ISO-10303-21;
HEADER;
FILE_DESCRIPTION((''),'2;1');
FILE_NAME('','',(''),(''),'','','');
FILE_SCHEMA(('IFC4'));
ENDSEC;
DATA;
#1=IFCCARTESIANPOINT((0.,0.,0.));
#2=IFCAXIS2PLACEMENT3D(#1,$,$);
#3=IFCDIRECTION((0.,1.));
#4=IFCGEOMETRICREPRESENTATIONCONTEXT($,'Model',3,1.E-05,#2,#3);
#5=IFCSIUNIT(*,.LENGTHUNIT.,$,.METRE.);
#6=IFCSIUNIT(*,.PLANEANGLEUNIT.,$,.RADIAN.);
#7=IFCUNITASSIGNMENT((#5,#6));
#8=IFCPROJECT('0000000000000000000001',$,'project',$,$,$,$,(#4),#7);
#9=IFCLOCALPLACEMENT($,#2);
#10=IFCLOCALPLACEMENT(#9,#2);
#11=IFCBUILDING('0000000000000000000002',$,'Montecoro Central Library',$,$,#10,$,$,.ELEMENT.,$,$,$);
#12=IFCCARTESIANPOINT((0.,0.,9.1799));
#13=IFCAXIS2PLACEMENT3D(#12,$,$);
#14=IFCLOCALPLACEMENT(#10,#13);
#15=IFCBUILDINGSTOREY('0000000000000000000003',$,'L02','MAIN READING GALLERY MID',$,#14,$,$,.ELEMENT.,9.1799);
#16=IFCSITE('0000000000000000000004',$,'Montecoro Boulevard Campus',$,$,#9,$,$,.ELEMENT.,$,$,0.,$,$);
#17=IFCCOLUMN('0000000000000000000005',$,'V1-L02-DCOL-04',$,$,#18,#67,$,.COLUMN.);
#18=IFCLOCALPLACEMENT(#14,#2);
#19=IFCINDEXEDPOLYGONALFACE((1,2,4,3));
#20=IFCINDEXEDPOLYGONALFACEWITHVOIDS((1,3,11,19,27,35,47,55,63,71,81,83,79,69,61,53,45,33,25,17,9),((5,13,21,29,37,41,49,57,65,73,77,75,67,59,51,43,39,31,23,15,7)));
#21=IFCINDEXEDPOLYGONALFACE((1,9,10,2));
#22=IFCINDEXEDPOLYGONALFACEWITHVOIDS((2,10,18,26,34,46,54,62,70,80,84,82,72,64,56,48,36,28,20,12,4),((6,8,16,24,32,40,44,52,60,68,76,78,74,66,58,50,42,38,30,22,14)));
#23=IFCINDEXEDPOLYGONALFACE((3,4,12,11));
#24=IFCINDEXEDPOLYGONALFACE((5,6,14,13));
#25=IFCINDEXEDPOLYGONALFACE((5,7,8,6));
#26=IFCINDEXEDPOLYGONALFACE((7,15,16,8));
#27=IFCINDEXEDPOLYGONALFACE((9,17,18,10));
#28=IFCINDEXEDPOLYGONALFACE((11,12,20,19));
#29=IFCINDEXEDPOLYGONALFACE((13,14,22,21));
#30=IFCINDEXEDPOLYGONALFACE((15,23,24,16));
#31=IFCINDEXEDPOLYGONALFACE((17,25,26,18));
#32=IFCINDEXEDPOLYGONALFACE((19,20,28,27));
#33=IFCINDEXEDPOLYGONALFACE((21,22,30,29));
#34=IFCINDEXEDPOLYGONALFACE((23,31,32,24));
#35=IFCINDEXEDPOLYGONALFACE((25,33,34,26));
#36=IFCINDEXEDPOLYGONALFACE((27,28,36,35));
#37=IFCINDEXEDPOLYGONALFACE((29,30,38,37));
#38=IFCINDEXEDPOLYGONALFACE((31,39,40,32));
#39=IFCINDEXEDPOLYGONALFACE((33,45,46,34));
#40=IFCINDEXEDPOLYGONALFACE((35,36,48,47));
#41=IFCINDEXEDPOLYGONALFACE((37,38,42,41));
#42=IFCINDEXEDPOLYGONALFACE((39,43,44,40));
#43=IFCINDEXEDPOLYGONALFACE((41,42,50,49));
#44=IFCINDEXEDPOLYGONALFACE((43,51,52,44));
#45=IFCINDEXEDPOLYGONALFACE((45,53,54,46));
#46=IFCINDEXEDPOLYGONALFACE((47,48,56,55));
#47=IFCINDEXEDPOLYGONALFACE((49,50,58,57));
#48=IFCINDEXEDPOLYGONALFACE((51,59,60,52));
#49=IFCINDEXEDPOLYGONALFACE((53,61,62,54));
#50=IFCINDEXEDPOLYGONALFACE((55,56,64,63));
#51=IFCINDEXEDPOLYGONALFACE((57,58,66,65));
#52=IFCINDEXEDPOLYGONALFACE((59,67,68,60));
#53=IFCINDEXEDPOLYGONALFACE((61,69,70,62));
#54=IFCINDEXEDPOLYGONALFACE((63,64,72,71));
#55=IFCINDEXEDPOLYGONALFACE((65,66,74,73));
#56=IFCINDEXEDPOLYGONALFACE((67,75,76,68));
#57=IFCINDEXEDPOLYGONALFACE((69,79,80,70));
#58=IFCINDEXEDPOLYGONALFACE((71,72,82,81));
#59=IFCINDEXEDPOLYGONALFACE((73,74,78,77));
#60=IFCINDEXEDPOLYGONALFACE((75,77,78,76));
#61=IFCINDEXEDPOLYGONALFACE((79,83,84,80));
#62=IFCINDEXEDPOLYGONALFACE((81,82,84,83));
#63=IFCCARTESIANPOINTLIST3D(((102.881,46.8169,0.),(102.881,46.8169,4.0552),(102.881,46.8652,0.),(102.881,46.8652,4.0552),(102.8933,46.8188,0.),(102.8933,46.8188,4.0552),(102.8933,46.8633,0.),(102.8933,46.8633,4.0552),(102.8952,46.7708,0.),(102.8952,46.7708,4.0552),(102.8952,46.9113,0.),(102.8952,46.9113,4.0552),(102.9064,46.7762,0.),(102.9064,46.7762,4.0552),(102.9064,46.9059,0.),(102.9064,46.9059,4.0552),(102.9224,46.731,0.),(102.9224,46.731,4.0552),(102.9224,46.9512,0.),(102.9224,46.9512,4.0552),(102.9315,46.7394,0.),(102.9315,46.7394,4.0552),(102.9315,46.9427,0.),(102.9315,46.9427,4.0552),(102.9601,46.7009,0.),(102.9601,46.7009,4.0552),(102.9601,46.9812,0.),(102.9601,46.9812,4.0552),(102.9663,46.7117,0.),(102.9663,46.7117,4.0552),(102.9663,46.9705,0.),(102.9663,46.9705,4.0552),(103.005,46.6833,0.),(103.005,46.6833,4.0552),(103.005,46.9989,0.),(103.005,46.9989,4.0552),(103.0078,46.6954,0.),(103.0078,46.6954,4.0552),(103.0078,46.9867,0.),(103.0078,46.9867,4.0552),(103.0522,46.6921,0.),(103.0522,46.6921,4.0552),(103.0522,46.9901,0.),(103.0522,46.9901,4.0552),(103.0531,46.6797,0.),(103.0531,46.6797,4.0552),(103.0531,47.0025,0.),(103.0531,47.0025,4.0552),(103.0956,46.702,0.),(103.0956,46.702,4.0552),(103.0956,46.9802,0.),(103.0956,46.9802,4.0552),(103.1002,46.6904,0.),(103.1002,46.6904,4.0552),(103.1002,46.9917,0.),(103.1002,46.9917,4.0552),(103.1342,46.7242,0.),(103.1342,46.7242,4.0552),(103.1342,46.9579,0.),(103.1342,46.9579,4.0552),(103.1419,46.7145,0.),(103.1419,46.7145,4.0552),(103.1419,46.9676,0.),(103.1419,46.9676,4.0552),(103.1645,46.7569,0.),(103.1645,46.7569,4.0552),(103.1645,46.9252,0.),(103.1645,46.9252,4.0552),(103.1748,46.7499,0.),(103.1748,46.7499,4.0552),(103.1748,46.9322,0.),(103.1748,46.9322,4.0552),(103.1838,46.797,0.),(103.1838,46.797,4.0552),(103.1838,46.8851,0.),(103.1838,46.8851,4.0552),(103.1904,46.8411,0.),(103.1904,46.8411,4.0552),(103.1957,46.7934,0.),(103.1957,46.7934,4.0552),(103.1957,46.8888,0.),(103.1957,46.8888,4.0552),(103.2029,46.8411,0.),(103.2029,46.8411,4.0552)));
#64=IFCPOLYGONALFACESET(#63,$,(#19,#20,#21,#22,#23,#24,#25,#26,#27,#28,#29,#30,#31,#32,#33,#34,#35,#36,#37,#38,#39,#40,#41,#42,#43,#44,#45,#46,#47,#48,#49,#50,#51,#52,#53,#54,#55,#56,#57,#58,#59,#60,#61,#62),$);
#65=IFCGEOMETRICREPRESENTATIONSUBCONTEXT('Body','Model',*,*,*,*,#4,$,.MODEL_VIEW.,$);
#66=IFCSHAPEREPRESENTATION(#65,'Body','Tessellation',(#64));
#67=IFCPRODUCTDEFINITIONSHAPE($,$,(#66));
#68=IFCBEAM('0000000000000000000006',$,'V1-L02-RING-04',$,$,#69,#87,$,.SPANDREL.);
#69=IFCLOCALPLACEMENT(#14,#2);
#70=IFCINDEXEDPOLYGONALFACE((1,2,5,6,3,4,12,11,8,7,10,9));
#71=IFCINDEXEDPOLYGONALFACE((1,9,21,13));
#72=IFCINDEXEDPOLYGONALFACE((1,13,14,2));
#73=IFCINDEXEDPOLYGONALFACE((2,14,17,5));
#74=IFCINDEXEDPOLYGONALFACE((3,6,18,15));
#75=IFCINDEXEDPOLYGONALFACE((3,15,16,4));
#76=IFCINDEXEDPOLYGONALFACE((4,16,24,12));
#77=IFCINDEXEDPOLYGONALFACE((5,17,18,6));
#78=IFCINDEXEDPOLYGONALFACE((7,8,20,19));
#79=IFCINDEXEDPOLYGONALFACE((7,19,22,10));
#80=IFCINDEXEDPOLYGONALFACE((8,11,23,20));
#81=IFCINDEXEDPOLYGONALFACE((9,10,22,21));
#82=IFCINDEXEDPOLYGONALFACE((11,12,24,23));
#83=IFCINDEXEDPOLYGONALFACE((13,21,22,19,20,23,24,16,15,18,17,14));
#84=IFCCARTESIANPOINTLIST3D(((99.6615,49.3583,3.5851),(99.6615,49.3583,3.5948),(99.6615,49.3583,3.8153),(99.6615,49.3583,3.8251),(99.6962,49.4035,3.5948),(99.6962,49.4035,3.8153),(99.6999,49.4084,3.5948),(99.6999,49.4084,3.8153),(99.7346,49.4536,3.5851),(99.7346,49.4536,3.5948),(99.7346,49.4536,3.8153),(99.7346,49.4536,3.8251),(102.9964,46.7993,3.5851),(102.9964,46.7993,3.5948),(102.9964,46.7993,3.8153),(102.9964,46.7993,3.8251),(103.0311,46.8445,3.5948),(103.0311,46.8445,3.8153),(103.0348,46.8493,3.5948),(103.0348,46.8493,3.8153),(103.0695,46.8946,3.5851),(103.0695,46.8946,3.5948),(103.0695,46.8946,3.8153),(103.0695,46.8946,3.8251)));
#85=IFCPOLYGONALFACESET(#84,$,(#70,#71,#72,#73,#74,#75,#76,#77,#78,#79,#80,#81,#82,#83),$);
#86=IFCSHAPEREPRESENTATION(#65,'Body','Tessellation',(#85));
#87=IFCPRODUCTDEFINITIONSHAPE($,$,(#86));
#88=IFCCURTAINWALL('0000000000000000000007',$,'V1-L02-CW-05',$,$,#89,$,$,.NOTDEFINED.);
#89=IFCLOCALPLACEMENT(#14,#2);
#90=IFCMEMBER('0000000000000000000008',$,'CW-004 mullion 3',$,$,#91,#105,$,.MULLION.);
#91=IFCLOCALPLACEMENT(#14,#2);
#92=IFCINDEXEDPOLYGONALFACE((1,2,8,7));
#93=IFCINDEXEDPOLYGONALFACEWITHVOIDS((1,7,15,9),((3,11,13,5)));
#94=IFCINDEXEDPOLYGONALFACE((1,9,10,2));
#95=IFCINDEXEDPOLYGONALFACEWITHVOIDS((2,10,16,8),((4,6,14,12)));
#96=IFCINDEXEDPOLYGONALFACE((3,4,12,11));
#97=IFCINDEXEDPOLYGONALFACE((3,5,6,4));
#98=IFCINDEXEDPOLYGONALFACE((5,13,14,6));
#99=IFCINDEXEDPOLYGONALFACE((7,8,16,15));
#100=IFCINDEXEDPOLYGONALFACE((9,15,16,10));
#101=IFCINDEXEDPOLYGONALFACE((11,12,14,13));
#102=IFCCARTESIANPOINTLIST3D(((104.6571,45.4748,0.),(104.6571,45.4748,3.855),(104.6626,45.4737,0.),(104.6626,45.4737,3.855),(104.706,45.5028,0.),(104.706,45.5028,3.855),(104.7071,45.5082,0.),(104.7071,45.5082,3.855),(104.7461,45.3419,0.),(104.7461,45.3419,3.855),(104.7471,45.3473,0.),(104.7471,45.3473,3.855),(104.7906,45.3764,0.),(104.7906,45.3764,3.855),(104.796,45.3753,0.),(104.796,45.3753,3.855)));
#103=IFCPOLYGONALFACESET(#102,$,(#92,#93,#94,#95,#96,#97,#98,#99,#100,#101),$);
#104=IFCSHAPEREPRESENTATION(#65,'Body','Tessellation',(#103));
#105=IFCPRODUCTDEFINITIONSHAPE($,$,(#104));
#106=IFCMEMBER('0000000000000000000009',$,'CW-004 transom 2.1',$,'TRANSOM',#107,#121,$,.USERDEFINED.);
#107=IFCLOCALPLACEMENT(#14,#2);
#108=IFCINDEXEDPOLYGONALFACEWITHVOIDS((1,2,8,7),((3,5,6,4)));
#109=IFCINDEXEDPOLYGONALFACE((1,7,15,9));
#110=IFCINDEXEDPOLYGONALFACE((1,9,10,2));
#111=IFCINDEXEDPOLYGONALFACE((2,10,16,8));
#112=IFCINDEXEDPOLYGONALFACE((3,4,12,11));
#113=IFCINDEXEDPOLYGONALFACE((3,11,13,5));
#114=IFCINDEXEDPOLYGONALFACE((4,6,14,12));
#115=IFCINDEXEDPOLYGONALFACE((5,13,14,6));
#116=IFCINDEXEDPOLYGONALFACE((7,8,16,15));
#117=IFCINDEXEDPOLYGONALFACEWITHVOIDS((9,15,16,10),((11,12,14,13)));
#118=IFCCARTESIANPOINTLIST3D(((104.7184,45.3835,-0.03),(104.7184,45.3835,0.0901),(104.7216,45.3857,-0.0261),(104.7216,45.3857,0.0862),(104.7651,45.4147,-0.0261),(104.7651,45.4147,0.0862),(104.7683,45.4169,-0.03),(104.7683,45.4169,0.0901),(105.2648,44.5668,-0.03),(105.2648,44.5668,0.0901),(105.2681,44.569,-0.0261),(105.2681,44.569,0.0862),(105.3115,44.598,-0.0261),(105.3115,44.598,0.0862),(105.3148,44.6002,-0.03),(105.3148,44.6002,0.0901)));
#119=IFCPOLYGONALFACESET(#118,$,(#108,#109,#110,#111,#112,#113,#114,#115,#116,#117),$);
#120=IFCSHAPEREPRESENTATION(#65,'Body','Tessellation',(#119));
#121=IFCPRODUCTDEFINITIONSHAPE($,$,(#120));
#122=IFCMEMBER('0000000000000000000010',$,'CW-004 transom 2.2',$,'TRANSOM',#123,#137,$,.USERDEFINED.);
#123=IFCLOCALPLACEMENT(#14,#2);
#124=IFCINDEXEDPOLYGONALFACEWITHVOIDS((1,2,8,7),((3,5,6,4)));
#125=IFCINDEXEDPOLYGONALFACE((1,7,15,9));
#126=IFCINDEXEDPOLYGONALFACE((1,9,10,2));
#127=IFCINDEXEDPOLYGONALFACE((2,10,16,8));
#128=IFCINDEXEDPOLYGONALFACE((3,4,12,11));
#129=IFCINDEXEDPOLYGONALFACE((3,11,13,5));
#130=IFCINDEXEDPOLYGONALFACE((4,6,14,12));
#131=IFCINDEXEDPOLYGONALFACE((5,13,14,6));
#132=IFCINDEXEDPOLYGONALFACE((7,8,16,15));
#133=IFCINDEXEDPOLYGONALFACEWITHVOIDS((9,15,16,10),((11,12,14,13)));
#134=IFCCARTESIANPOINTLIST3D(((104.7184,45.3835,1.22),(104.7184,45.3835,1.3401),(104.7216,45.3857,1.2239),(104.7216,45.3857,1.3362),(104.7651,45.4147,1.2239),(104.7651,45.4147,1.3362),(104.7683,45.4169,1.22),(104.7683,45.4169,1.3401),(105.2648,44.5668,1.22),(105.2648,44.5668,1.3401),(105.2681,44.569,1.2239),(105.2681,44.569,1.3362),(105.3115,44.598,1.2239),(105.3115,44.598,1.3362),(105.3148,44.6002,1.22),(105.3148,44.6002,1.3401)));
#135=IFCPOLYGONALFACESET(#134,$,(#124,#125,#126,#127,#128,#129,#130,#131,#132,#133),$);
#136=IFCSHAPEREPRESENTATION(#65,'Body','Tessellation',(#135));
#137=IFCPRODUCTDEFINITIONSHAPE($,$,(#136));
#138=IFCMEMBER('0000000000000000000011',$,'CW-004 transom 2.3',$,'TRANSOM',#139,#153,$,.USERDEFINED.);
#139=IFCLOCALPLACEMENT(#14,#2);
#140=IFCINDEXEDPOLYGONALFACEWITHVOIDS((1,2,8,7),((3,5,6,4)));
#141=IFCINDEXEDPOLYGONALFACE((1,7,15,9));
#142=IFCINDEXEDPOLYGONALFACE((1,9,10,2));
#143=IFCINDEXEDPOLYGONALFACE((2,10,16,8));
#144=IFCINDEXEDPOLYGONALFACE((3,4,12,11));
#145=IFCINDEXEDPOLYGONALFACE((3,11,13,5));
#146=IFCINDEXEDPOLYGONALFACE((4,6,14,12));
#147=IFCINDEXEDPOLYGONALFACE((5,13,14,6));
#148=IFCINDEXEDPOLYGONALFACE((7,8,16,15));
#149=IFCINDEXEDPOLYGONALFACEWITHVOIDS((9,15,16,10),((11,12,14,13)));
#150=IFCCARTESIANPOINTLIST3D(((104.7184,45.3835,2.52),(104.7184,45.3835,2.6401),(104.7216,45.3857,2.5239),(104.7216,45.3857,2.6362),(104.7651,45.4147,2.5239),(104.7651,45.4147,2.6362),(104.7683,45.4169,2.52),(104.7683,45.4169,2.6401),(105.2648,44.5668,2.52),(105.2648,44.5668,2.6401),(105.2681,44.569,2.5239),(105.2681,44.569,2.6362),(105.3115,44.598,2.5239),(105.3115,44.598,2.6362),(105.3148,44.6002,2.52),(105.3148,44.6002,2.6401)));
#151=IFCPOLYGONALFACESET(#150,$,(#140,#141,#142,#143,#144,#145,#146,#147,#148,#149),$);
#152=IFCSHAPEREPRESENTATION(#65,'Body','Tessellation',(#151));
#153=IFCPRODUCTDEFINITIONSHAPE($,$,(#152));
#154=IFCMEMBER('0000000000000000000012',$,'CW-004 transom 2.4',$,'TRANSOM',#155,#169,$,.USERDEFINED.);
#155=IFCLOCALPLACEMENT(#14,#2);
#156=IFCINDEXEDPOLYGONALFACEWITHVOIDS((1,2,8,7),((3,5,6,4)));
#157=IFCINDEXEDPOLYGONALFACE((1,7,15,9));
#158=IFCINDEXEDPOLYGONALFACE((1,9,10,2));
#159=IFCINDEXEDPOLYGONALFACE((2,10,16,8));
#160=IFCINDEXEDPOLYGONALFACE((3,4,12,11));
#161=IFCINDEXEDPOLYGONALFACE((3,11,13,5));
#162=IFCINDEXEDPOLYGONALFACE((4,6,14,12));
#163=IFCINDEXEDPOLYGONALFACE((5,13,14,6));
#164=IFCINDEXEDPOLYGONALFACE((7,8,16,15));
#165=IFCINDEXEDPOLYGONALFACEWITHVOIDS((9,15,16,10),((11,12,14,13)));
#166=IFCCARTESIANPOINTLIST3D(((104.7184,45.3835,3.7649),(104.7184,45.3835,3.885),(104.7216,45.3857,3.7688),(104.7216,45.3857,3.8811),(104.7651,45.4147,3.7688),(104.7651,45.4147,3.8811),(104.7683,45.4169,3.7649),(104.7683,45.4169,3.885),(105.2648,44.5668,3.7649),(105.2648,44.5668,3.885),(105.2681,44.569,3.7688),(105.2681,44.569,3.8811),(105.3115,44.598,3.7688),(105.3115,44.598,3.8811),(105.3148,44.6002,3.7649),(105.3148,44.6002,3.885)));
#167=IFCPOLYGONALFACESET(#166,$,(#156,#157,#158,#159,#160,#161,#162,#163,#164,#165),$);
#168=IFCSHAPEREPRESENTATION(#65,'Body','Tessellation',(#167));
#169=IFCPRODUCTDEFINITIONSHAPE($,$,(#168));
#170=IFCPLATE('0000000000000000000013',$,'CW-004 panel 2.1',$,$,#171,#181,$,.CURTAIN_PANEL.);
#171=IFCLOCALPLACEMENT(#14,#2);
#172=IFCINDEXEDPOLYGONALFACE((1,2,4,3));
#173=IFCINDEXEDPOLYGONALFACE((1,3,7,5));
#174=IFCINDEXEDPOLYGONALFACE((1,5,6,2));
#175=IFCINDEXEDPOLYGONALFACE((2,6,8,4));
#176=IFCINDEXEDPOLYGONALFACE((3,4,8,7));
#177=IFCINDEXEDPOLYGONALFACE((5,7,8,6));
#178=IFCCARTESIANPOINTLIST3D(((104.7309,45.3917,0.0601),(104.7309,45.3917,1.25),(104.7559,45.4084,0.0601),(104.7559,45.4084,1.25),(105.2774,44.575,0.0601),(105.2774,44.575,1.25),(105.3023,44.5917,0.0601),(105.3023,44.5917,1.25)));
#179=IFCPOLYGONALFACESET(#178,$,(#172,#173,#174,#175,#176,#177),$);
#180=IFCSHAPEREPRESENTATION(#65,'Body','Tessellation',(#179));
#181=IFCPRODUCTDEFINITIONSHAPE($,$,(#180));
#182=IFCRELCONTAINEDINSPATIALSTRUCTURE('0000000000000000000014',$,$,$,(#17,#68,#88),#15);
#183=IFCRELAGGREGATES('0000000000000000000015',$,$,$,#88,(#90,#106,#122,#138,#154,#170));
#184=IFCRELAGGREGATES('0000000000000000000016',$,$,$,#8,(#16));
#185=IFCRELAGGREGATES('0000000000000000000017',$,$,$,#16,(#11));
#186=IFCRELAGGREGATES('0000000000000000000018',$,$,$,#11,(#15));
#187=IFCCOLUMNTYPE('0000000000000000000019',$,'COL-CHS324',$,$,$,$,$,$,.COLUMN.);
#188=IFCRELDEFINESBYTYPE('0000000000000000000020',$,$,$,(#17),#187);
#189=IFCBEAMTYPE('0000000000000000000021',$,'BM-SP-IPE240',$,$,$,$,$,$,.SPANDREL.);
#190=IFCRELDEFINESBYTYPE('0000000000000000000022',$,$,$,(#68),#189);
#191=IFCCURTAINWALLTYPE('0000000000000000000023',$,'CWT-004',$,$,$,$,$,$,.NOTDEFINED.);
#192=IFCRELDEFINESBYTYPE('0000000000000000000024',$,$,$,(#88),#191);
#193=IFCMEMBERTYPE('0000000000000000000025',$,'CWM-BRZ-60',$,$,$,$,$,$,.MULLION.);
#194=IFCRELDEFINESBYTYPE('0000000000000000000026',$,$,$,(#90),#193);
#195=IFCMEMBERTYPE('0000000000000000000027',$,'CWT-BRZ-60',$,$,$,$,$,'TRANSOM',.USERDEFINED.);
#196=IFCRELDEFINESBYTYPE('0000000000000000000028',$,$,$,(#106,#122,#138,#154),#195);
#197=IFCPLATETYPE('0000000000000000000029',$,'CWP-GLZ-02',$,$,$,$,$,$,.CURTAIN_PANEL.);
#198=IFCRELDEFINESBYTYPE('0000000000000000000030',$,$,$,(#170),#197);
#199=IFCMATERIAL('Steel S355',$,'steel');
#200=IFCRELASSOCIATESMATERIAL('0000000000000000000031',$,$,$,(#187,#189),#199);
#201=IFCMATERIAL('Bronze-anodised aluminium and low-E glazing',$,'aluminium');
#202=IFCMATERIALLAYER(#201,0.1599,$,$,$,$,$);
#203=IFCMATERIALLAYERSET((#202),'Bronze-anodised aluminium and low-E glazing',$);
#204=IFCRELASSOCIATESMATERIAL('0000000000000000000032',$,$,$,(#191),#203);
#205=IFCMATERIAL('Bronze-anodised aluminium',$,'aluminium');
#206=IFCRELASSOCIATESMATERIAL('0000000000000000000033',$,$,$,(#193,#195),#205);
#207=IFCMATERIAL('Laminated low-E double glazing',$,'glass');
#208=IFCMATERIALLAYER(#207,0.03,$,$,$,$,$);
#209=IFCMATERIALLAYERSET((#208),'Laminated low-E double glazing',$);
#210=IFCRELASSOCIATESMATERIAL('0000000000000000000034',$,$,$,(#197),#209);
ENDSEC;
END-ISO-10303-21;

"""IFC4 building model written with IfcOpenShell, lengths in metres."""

from ifc_helpers import new_model, si_unit, direction, frame, origin, origin_2d, place, context, subcontext, project, spatial, rectangle, hollow_rectangle, hollow_circle, i_section, extrude, material, layer, layer_set, material_profile, profile_set, type_object, element, aggregate, save


model = new_model("IFC4")

# Units and contexts
model_context = context("Model", 3, precision=1e-05, world=origin(), true_north=direction((0.0, 1.0)))
body_context = subcontext(model_context, "Body", "Model", "MODEL_VIEW")
ifc_project = project(units=[si_unit("LENGTHUNIT", "METRE"), si_unit("PLANEANGLEUNIT", "RADIAN")], contexts=[model_context])

# Site, building, storey
site_placement = place(None, origin())
site = spatial("IfcSite", under=ifc_project, at=site_placement, Name="Montecoro Boulevard Campus", CompositionType="ELEMENT", RefElevation=0.0)
building_placement = place(site_placement, origin())
building = spatial("IfcBuilding", under=site, at=building_placement, Name="Montecoro Central Library", CompositionType="ELEMENT")
storey_placement = place(building_placement, frame((0.0, 0.0, 9.1799)))
storey = spatial("IfcBuildingStorey", under=building, at=storey_placement, Name="L02", Description="MAIN READING GALLERY MID", CompositionType="ELEMENT", Elevation=9.1799)

# Column
ifc_material_1 = material(Name="Steel S355", Category="steel")
ifc_material_profile_1 = material_profile(ifc_material_1, hollow_circle(Radius=0.1619, WallThickness=0.0125, at=origin_2d()), Name="CHS 323.9x12.5")
ifc_profile_set_1 = profile_set([ifc_material_profile_1], Name="Steel S355")
column_type = type_object("IfcColumnType", Name="COL-CHS324", PredefinedType="COLUMN", material=ifc_profile_set_1)
column_placement = place(storey_placement, frame((103.041, 46.8411, 0.0), z_axis=(0.0, 0.0, 1.0), x_axis=(1.0, 0.0, 0.0)))
element("IfcColumn", 1, at=column_placement, inside=storey, type_object=column_type, Name="V1-L02-DCOL-04", PredefinedType="COLUMN", context=body_context, shape_type="SweptSolid", body=[
    extrude(hollow_circle(Radius=0.1619, WallThickness=0.0125, at=origin_2d()), origin(), (0.0, 0.0, 1.0), 4.0552),
])

# Beam
ifc_material_profile_2 = material_profile(ifc_material_1, i_section(OverallWidth=0.1201, OverallDepth=0.24, WebThickness=0.0061, FlangeThickness=0.0098, at=origin_2d()), Name="IPE 240")
ifc_profile_set_2 = profile_set([ifc_material_profile_2], Name="Steel S355")
beam_type = type_object("IfcBeamType", Name="BM-SP-IPE240", PredefinedType="SPANDREL", material=ifc_profile_set_2)
beam_placement = place(storey_placement, frame((103.033, 46.8469, 3.7051), z_axis=(-0.793345, 0.608773, 0.0), x_axis=(-0.608773, -0.793345, 0.0)))
element("IfcBeam", 2, at=beam_placement, inside=storey, type_object=beam_type, Name="V1-L02-RING-04", PredefinedType="SPANDREL", context=body_context, shape_type="SweptSolid", body=[
    extrude(i_section(OverallWidth=0.1201, OverallDepth=0.24, WebThickness=0.0061, FlangeThickness=0.0098, at=origin_2d()), origin(), (0.0, 0.0, 1.0), 4.2036),
])

# Curtain wall, members, plate
ifc_material_2 = material(Name="Bronze-anodised aluminium and low-E glazing", Category="aluminium")
ifc_layer_1 = layer(ifc_material_2, 0.1599)
ifc_layer_set_1 = layer_set([ifc_layer_1], Name="Bronze-anodised aluminium and low-E glazing")
curtain_wall_type = type_object("IfcCurtainWallType", Name="CWT-004", PredefinedType="NOTDEFINED", material=ifc_layer_set_1)
curtain_wall_placement = place(storey_placement, origin())
curtain_wall = element("IfcCurtainWall", 3, at=curtain_wall_placement, inside=storey, type_object=curtain_wall_type, Name="V1-L02-CW-05", PredefinedType="NOTDEFINED")
ifc_material_3 = material(Name="Bronze-anodised aluminium", Category="aluminium")
ifc_material_profile_3 = material_profile(ifc_material_3, hollow_rectangle(XDim=0.0601, YDim=0.1599, WallThickness=0.0039, at=origin_2d()), Name="CWM 160x60x4.0")
ifc_profile_set_3 = profile_set([ifc_material_profile_3], Name="Bronze-anodised aluminium")
member_type_1 = type_object("IfcMemberType", Name="CWM-BRZ-60", PredefinedType="MULLION", material=ifc_profile_set_3)
member_1_placement = place(storey_placement, frame((104.7266, 45.425, 0.0), z_axis=(0.0, 0.0, 1.0), x_axis=(-0.831117, -0.556098, 0.0)))
member_1 = element("IfcMember", 4, at=member_1_placement, type_object=member_type_1, Name="CW-004 mullion 3", PredefinedType="MULLION", context=body_context, shape_type="SweptSolid", body=[
    extrude(hollow_rectangle(XDim=0.0601, YDim=0.1599, WallThickness=0.0039, at=origin_2d()), origin(), (0.0, 0.0, 1.0), 3.855),
])
ifc_material_profile_4 = material_profile(ifc_material_3, hollow_rectangle(XDim=0.0601, YDim=0.1201, WallThickness=0.0039, at=origin_2d()), Name="CWT 120x60x4.0")
ifc_profile_set_4 = profile_set([ifc_material_profile_4], Name="Bronze-anodised aluminium")
member_type_2 = type_object("IfcMemberType", Name="CWT-BRZ-60", ElementType="TRANSOM", PredefinedType="USERDEFINED", material=ifc_profile_set_4)
member_2_placement = place(storey_placement, frame((105.2898, 44.5835, 0.03), z_axis=(-0.556076, 0.831132, 0.0), x_axis=(-0.831132, -0.556076, 0.0)))
member_2 = element("IfcMember", 5, at=member_2_placement, type_object=member_type_2, Name="CW-004 transom 2.1", ObjectType="TRANSOM", PredefinedType="USERDEFINED", context=body_context, shape_type="SweptSolid", body=[
    extrude(hollow_rectangle(XDim=0.0601, YDim=0.1201, WallThickness=0.0039, at=origin_2d()), origin(), (0.0, 0.0, 1.0), 0.9827),
])
member_3_placement = place(storey_placement, frame((105.2898, 44.5835, 1.28), z_axis=(-0.556076, 0.831132, 0.0), x_axis=(-0.831132, -0.556076, 0.0)))
member_3 = element("IfcMember", 6, at=member_3_placement, type_object=member_type_2, Name="CW-004 transom 2.2", ObjectType="TRANSOM", PredefinedType="USERDEFINED", context=body_context, shape_type="SweptSolid", body=[
    extrude(hollow_rectangle(XDim=0.0601, YDim=0.1201, WallThickness=0.0039, at=origin_2d()), origin(), (0.0, 0.0, 1.0), 0.9827),
])
member_4_placement = place(storey_placement, frame((105.2898, 44.5835, 2.5801), z_axis=(-0.556076, 0.831132, 0.0), x_axis=(-0.831132, -0.556076, 0.0)))
member_4 = element("IfcMember", 7, at=member_4_placement, type_object=member_type_2, Name="CW-004 transom 2.3", ObjectType="TRANSOM", PredefinedType="USERDEFINED", context=body_context, shape_type="SweptSolid", body=[
    extrude(hollow_rectangle(XDim=0.0601, YDim=0.1201, WallThickness=0.0039, at=origin_2d()), origin(), (0.0, 0.0, 1.0), 0.9827),
])
member_5_placement = place(storey_placement, frame((105.2898, 44.5835, 3.825), z_axis=(-0.556076, 0.831132, 0.0), x_axis=(-0.831132, -0.556076, 0.0)))
member_5 = element("IfcMember", 8, at=member_5_placement, type_object=member_type_2, Name="CW-004 transom 2.4", ObjectType="TRANSOM", PredefinedType="USERDEFINED", context=body_context, shape_type="SweptSolid", body=[
    extrude(hollow_rectangle(XDim=0.0601, YDim=0.1201, WallThickness=0.0039, at=origin_2d()), origin(), (0.0, 0.0, 1.0), 0.9827),
])
ifc_material_4 = material(Name="Laminated low-E double glazing", Category="glass")
ifc_layer_2 = layer(ifc_material_4, 0.03)
ifc_layer_set_2 = layer_set([ifc_layer_2], Name="Laminated low-E double glazing")
plate_type = type_object("IfcPlateType", Name="CWP-GLZ-02", PredefinedType="CURTAIN_PANEL", material=ifc_layer_set_2)
plate_1_placement = place(storey_placement, frame((105.0166, 44.9917, 0.0601), z_axis=(0.0, 0.0, 1.0), x_axis=(-0.556098, 0.831117, 0.0)))
plate_1 = element("IfcPlate", 9, at=plate_1_placement, type_object=plate_type, Name="CW-004 panel 2.1", PredefinedType="CURTAIN_PANEL", context=body_context, shape_type="SweptSolid", body=[
    extrude(rectangle(XDim=0.9827, YDim=0.03, at=origin_2d()), origin(), (0.0, 0.0, 1.0), 1.1899),
])
aggregate(curtain_wall, [member_1, member_2, member_3, member_4, member_5, plate_1])

save(model, "model.ifc")
